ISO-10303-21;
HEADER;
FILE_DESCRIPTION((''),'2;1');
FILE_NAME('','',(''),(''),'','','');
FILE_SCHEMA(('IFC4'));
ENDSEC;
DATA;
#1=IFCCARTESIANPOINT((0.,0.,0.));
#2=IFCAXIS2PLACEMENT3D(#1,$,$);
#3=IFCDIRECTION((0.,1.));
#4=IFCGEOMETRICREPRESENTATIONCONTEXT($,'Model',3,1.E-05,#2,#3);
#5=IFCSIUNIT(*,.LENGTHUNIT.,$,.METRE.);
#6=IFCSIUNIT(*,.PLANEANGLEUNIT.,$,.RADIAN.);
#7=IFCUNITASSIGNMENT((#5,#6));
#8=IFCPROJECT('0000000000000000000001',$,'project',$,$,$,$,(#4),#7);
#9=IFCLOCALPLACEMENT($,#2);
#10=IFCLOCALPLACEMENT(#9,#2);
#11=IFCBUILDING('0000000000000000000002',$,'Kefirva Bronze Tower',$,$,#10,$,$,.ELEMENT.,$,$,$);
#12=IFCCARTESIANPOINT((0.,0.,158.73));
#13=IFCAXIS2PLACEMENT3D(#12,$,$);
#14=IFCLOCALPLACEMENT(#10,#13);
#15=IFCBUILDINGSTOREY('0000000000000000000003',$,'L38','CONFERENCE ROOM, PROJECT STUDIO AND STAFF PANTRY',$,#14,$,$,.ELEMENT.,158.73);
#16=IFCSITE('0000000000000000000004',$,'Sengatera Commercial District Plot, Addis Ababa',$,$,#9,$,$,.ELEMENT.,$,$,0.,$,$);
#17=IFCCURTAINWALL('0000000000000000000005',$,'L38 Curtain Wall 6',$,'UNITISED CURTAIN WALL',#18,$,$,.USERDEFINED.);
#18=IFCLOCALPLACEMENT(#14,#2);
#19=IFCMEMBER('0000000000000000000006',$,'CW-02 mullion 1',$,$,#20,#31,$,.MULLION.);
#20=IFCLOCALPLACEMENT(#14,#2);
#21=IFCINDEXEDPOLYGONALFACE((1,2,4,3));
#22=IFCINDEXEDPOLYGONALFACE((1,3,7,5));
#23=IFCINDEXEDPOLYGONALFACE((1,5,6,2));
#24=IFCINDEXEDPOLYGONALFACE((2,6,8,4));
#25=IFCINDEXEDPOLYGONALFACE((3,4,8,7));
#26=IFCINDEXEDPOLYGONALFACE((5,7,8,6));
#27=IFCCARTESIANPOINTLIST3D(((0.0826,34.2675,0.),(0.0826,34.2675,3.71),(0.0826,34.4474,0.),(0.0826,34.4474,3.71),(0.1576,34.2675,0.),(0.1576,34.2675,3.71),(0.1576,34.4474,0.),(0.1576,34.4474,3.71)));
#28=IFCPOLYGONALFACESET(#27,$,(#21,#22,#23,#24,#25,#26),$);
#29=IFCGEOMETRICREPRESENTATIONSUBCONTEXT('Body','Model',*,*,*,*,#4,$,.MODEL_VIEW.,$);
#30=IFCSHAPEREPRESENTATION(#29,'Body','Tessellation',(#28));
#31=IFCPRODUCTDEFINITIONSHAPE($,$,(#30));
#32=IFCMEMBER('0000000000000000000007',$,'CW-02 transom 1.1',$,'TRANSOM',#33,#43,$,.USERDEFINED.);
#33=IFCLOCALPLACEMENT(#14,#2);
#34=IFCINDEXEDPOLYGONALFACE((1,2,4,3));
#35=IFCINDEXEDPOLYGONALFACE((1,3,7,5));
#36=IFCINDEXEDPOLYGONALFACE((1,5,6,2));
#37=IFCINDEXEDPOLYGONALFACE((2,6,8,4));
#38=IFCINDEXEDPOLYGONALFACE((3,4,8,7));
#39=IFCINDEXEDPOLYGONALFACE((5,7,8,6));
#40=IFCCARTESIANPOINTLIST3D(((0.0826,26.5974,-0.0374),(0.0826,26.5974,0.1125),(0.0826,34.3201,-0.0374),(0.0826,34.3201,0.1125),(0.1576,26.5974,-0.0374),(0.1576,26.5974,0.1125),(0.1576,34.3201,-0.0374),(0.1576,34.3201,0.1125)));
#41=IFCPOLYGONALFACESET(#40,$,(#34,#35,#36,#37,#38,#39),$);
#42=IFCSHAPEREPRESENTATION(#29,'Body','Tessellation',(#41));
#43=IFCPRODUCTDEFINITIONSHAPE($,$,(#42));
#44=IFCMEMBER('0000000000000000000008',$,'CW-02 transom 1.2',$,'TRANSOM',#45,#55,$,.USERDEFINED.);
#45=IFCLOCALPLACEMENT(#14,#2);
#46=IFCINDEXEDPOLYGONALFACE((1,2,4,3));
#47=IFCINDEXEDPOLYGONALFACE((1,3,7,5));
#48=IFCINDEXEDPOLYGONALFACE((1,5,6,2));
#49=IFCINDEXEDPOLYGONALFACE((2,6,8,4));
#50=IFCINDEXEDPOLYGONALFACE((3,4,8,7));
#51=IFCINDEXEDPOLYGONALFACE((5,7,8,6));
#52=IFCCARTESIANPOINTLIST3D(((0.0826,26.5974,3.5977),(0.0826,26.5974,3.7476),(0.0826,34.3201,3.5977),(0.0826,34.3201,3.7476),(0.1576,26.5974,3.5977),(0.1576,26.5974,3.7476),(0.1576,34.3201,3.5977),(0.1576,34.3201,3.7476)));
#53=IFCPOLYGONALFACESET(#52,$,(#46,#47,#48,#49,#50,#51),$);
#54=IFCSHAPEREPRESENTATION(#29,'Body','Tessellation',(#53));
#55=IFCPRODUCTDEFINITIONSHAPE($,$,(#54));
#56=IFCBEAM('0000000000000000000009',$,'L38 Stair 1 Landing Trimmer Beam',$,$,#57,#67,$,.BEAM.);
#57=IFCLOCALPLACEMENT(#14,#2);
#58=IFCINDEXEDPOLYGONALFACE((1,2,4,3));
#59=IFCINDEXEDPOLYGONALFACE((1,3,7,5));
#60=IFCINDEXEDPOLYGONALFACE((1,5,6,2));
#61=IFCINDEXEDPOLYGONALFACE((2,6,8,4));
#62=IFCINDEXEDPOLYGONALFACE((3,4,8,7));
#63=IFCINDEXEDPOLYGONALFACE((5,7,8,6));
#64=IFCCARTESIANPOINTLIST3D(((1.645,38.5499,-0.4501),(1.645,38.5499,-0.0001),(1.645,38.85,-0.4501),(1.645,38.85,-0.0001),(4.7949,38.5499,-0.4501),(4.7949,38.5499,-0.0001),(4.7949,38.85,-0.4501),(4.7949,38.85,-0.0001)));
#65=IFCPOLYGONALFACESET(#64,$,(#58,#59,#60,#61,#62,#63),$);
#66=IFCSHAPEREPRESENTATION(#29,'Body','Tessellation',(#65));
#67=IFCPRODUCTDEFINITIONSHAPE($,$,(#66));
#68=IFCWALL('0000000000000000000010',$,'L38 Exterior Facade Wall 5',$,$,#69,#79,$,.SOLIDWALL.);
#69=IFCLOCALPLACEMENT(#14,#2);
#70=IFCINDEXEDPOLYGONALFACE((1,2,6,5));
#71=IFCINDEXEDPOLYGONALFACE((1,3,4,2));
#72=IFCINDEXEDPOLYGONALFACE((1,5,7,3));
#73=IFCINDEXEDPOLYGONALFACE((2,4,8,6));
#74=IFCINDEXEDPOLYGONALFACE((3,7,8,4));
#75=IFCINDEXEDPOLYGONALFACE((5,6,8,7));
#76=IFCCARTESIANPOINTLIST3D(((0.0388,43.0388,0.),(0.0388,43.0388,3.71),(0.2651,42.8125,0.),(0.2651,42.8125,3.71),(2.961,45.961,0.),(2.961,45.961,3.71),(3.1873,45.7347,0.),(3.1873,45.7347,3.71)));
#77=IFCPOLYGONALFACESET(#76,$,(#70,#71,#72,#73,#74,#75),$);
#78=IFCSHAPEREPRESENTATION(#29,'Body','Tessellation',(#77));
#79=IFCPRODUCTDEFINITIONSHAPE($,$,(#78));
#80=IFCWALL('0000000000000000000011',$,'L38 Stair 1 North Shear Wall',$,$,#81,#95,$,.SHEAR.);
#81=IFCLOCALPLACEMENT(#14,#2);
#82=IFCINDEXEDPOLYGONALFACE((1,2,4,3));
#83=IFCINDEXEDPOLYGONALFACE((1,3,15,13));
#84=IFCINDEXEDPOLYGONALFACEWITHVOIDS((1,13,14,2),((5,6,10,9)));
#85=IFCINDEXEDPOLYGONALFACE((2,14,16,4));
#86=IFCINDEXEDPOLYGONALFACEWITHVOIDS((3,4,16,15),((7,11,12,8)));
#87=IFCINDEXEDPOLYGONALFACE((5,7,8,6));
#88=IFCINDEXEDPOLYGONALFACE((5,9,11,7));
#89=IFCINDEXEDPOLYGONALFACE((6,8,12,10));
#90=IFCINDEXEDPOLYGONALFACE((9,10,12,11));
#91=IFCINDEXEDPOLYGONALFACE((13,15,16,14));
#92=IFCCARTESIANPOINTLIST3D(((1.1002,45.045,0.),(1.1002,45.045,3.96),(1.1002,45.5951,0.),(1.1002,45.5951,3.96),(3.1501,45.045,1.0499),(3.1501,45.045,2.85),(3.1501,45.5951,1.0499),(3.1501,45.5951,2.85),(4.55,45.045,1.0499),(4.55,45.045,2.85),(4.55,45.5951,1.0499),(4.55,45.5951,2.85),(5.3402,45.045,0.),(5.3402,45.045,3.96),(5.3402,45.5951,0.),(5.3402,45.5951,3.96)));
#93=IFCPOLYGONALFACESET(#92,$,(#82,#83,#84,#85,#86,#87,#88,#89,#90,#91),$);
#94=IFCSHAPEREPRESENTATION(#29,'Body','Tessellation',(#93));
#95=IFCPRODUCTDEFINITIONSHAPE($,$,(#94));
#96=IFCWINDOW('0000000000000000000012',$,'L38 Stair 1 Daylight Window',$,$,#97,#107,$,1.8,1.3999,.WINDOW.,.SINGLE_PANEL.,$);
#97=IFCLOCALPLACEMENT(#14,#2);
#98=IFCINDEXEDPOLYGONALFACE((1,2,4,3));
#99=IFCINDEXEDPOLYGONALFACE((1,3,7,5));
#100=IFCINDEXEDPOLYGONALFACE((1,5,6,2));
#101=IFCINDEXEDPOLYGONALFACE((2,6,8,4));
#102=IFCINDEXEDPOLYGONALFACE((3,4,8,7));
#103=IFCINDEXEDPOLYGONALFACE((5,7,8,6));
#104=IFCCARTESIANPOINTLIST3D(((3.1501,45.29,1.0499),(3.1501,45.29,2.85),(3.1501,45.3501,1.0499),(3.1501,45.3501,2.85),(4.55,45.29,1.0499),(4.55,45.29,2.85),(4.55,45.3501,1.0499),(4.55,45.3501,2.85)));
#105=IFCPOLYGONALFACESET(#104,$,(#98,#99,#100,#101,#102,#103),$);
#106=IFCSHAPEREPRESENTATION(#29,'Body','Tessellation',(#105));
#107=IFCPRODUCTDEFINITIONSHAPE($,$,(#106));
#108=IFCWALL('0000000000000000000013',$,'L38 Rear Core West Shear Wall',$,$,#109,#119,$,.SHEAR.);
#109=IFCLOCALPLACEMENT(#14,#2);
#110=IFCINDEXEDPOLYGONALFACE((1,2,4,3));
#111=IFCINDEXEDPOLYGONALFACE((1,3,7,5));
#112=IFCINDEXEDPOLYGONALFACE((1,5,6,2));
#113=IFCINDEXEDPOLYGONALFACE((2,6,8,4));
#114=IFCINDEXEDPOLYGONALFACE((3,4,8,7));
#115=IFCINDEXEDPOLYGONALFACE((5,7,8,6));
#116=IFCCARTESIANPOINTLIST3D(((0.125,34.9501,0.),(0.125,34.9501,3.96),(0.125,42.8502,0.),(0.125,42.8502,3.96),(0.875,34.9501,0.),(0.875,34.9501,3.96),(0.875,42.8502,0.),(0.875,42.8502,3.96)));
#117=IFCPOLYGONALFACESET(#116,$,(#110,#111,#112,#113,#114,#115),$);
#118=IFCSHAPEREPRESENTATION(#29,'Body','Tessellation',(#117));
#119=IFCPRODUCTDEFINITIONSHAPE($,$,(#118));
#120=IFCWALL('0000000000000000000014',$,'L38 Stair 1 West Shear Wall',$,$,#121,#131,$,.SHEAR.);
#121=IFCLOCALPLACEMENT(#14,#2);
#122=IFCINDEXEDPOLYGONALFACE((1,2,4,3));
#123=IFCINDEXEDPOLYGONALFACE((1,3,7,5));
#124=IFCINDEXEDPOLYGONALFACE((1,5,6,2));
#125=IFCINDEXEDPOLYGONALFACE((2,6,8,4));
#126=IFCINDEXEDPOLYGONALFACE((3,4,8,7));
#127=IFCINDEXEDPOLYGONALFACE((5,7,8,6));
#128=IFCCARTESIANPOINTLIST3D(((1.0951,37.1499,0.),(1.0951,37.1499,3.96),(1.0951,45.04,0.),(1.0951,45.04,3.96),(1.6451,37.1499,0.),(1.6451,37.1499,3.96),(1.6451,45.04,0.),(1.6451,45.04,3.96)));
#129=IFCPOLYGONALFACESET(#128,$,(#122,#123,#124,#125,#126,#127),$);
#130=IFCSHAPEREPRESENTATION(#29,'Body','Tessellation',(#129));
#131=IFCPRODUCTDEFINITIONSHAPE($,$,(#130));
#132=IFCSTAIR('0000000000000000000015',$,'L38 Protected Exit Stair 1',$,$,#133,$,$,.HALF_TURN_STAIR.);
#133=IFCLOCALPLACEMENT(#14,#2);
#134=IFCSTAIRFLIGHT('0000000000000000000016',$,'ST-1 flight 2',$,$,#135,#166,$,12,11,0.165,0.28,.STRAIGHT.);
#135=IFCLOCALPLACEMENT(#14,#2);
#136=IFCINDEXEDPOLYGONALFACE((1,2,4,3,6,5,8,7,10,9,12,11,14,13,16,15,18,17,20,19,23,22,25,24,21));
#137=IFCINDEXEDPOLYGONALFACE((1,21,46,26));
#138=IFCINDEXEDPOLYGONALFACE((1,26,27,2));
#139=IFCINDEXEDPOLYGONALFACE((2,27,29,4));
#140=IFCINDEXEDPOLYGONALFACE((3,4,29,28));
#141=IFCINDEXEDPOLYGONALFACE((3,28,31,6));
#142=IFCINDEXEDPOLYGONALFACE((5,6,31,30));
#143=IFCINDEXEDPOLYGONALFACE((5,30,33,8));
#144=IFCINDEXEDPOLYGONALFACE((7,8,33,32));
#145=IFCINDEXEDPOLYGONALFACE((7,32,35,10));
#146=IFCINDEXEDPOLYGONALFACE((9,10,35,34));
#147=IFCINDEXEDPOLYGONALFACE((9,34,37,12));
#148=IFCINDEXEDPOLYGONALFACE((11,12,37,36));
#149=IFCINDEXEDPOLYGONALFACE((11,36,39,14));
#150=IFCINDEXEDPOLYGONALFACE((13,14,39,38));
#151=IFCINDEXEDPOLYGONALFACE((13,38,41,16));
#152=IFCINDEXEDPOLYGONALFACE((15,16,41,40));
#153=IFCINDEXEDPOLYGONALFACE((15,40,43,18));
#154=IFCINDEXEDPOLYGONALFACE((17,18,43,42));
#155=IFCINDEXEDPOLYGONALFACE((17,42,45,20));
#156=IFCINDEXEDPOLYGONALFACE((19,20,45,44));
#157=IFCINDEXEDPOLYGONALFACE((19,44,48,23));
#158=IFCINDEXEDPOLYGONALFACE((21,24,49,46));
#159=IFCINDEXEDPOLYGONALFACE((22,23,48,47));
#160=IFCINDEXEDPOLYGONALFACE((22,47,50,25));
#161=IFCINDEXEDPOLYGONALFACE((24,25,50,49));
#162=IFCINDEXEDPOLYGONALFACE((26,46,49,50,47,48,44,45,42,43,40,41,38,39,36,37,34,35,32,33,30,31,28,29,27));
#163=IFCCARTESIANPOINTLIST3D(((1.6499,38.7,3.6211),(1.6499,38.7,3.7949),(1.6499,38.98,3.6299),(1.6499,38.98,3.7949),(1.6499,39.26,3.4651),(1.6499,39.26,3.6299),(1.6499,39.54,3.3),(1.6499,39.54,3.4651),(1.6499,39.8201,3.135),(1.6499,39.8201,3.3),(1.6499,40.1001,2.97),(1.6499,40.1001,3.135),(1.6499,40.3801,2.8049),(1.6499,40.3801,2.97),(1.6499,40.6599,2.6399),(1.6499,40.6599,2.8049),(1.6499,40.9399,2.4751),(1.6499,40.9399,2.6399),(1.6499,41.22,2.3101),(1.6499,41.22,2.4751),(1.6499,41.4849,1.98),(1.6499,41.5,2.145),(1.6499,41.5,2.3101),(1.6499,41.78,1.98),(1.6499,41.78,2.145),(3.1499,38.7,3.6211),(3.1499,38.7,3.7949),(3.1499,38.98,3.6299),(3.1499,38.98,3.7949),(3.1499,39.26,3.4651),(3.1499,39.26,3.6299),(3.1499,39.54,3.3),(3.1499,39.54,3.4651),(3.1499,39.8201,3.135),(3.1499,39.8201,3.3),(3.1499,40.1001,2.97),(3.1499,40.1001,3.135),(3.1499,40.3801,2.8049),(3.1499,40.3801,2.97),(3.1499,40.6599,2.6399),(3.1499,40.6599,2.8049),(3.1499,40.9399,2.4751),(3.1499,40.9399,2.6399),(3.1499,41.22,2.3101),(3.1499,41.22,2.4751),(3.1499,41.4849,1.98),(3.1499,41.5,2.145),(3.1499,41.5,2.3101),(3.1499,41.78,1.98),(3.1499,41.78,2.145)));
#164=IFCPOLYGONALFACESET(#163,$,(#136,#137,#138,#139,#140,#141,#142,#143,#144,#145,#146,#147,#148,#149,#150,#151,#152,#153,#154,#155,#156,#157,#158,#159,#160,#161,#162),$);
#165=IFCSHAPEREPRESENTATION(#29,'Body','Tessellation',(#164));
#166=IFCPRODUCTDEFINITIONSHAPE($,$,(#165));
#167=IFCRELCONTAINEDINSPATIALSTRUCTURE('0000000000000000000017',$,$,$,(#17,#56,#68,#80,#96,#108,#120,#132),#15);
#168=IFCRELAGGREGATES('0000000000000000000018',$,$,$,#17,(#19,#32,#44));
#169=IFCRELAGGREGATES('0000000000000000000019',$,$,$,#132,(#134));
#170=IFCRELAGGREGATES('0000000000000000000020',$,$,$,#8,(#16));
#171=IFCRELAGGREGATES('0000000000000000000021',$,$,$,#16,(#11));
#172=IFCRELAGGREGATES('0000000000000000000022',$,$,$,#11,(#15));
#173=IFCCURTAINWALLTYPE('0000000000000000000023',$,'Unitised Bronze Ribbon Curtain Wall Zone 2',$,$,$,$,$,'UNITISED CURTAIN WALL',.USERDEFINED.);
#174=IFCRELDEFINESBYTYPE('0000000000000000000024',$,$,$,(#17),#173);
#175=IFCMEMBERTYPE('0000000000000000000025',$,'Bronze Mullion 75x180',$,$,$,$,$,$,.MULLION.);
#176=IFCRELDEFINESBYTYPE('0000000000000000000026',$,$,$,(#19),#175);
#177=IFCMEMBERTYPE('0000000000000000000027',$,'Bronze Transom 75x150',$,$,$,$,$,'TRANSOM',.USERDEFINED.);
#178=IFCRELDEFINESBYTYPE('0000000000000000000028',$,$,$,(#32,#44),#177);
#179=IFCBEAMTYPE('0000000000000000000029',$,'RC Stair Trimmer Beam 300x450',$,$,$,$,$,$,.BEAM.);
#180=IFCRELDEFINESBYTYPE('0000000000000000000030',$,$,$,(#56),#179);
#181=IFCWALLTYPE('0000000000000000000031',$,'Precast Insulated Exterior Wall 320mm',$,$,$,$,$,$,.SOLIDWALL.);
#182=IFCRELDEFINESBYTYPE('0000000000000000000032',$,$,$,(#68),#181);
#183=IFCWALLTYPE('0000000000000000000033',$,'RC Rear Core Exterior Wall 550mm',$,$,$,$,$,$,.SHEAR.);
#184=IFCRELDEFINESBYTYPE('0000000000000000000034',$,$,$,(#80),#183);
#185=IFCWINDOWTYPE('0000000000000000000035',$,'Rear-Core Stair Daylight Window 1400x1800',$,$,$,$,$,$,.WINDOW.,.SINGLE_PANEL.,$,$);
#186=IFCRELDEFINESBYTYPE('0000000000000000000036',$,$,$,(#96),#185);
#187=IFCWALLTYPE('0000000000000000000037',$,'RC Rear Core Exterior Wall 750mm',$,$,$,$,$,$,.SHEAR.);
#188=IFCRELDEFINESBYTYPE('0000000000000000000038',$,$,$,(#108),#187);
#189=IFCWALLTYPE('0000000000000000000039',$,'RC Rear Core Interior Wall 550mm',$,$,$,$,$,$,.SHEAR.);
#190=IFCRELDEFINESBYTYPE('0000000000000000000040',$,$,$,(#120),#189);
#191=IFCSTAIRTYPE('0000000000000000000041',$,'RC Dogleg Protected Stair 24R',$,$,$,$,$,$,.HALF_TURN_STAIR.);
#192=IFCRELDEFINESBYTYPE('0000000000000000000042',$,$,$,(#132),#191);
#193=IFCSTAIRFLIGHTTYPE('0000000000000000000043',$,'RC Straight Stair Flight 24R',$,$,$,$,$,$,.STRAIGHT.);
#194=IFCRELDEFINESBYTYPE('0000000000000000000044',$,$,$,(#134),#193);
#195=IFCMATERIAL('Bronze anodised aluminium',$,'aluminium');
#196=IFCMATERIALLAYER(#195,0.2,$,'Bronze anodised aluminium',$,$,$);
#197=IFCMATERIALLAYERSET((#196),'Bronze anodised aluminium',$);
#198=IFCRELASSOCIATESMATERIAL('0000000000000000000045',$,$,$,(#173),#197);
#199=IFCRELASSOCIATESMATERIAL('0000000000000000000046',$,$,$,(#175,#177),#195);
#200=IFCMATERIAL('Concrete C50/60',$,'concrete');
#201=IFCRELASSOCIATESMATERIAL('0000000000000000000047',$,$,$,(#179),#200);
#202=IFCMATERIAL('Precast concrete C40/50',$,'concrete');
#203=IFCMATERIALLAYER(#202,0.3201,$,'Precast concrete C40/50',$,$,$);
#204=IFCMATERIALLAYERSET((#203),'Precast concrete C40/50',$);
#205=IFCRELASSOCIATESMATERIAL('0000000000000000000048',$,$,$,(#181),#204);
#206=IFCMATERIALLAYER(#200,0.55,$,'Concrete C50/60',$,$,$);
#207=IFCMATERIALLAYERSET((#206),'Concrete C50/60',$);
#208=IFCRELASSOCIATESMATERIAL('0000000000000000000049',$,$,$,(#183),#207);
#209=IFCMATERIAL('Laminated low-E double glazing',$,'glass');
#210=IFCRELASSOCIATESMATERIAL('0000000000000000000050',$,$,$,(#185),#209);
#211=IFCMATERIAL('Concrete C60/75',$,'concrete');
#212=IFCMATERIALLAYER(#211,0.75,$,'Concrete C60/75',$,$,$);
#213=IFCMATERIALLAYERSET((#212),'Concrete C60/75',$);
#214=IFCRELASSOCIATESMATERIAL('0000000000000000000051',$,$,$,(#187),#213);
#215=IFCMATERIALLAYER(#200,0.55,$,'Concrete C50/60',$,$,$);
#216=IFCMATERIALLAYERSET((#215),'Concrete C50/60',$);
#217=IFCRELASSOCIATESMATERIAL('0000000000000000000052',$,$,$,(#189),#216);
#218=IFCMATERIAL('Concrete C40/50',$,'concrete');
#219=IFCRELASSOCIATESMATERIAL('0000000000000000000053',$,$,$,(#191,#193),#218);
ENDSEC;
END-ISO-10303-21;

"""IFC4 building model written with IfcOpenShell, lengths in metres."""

from ifc_helpers import new_model, si_unit, direction, frame, frame_2d, origin, origin_2d, place, context, subcontext, project, spatial, polyline, rectangle, outline, extrude, material, layer, layer_set, material_profile, profile_set, type_object, element, fill, aggregate, save


model = new_model("IFC4")

# Units and contexts
model_context = context("Model", 3, precision=1e-05, world=origin(), true_north=direction((0.0, 1.0)))
body_context = subcontext(model_context, "Body", "Model", "MODEL_VIEW")
ifc_project = project(units=[si_unit("LENGTHUNIT", "METRE"), si_unit("PLANEANGLEUNIT", "RADIAN")], contexts=[model_context])

# Site, building, storey
site_placement = place(None, origin())
site = spatial("IfcSite", under=ifc_project, at=site_placement, Name="Sengatera Commercial District Plot, Addis Ababa", CompositionType="ELEMENT", RefElevation=0.0)
building_placement = place(site_placement, origin())
building = spatial("IfcBuilding", under=site, at=building_placement, Name="Kefirva Bronze Tower", CompositionType="ELEMENT")
storey_placement = place(building_placement, frame((0.0, 0.0, 158.73)))
storey = spatial("IfcBuildingStorey", under=building, at=storey_placement, Name="L38", Description="CONFERENCE ROOM, PROJECT STUDIO AND STAFF PANTRY", CompositionType="ELEMENT", Elevation=158.73)

# Curtain wall, members
ifc_material_1 = material(Name="Bronze anodised aluminium", Category="aluminium")
ifc_layer_1 = layer(ifc_material_1, 0.2, Name="Bronze anodised aluminium")
ifc_layer_set_1 = layer_set([ifc_layer_1], Name="Bronze anodised aluminium")
curtain_wall_type = type_object("IfcCurtainWallType", Name="Unitised Bronze Ribbon Curtain Wall Zone 2", ElementType="UNITISED CURTAIN WALL", PredefinedType="USERDEFINED", material=ifc_layer_set_1)
curtain_wall_placement = place(storey_placement, origin())
curtain_wall = element("IfcCurtainWall", 1, at=curtain_wall_placement, inside=storey, type_object=curtain_wall_type, Name="L38 Curtain Wall 6", ObjectType="UNITISED CURTAIN WALL", PredefinedType="USERDEFINED")
ifc_material_profile_1 = material_profile(ifc_material_1, rectangle(XDim=0.075, YDim=0.1799, at=origin_2d()), Name="ALU 75x180")
ifc_profile_set_1 = profile_set([ifc_material_profile_1], Name="Bronze anodised aluminium")
member_type_1 = type_object("IfcMemberType", Name="Bronze Mullion 75x180", PredefinedType="MULLION", material=ifc_profile_set_1)
member_1_placement = place(storey_placement, frame((0.1201, 34.3574, 0.0), z_axis=(0.0, 0.0, 1.0), x_axis=(1.0, 0.0, 0.0)))
member_1 = element("IfcMember", 2, at=member_1_placement, type_object=member_type_1, Name="CW-02 mullion 1", PredefinedType="MULLION", context=body_context, shape_type="SweptSolid", body=[
    extrude(rectangle(XDim=0.075, YDim=0.1799, at=origin_2d()), origin(), (0.0, 0.0, 1.0), 3.71),
])
ifc_material_profile_2 = material_profile(ifc_material_1, rectangle(XDim=0.075, YDim=0.1499, at=origin_2d()), Name="ALU 75x150")
ifc_profile_set_2 = profile_set([ifc_material_profile_2], Name="Bronze anodised aluminium")
member_type_2 = type_object("IfcMemberType", Name="Bronze Transom 75x150", ElementType="TRANSOM", PredefinedType="USERDEFINED", material=ifc_profile_set_2)
member_2_placement = place(storey_placement, frame((0.1201, 34.3201, 0.0376), z_axis=(0.0, -1.0, 0.0), x_axis=(1.0, 0.0, 0.0)))
member_2 = element("IfcMember", 3, at=member_2_placement, type_object=member_type_2, Name="CW-02 transom 1.1", ObjectType="TRANSOM", PredefinedType="USERDEFINED", context=body_context, shape_type="SweptSolid", body=[
    extrude(rectangle(XDim=0.075, YDim=0.1499, at=origin_2d()), origin(), (0.0, 0.0, 1.0), 7.7227),
])
member_3_placement = place(storey_placement, frame((0.1201, 34.3201, 3.6726), z_axis=(0.0, -1.0, 0.0), x_axis=(1.0, 0.0, 0.0)))
member_3 = element("IfcMember", 4, at=member_3_placement, type_object=member_type_2, Name="CW-02 transom 1.2", ObjectType="TRANSOM", PredefinedType="USERDEFINED", context=body_context, shape_type="SweptSolid", body=[
    extrude(rectangle(XDim=0.075, YDim=0.1499, at=origin_2d()), origin(), (0.0, 0.0, 1.0), 7.7227),
])
aggregate(curtain_wall, [member_1, member_2, member_3])

# Beam
ifc_material_2 = material(Name="Concrete C50/60", Category="concrete")
ifc_material_profile_3 = material_profile(ifc_material_2, rectangle(XDim=0.3, YDim=0.45, at=origin_2d()), Name="RC 300x450")
ifc_profile_set_3 = profile_set([ifc_material_profile_3], Name="Concrete C50/60")
beam_type = type_object("IfcBeamType", Name="RC Stair Trimmer Beam 300x450", PredefinedType="BEAM", material=ifc_profile_set_3)
beam_placement = place(storey_placement, frame((1.645, 38.7, -0.2251), z_axis=(1.0, 0.0, 0.0), x_axis=(0.0, 1.0, 0.0)))
element("IfcBeam", 5, at=beam_placement, inside=storey, type_object=beam_type, Name="L38 Stair 1 Landing Trimmer Beam", PredefinedType="BEAM", context=body_context, shape_type="SweptSolid", body=[
    extrude(rectangle(XDim=0.3, YDim=0.45, at=origin_2d()), origin(), (0.0, 0.0, 1.0), 3.1499),
])

# Wall
ifc_material_3 = material(Name="Precast concrete C40/50", Category="concrete")
ifc_layer_2 = layer(ifc_material_3, 0.3201, Name="Precast concrete C40/50")
ifc_layer_set_2 = layer_set([ifc_layer_2], Name="Precast concrete C40/50")
wall_type_1 = type_object("IfcWallType", Name="Precast Insulated Exterior Wall 320mm", PredefinedType="SOLIDWALL", material=ifc_layer_set_2)
wall_1_placement = place(storey_placement, frame((3.0742, 45.8479, 0.0), z_axis=(0.0, 0.0, 1.0), x_axis=(-0.707107, -0.707107, 0.0)))
element("IfcWall", 6, at=wall_1_placement, inside=storey, type_object=wall_type_1, Name="L38 Exterior Facade Wall 5", PredefinedType="SOLIDWALL", context=body_context, shape_type="SweptSolid", body=[
    extrude(rectangle(XDim=4.1326, YDim=0.3201, at=frame_2d((2.0664, 0.0))), origin(), (0.0, 0.0, 1.0), 3.71),
])

# Wall, opening, window
ifc_layer_3 = layer(ifc_material_2, 0.55, Name="Concrete C50/60")
ifc_layer_set_3 = layer_set([ifc_layer_3], Name="Concrete C50/60")
wall_type_2 = type_object("IfcWallType", Name="RC Rear Core Exterior Wall 550mm", PredefinedType="SHEAR", material=ifc_layer_set_3)
wall_2_placement = place(storey_placement, frame((1.1001, 45.3201, 0.0), z_axis=(0.0, 0.0, 1.0), x_axis=(1.0, 0.0, 0.0)))
wall_2 = element("IfcWall", 7, at=wall_2_placement, inside=storey, type_object=wall_type_2, Name="L38 Stair 1 North Shear Wall", PredefinedType="SHEAR", context=body_context, shape_type="SweptSolid", body=[
    extrude(rectangle(XDim=4.24, YDim=0.55, at=frame_2d((2.1201, 0.0))), origin(), (0.0, 0.0, 1.0), 3.96),
])
opening_1_placement = place(wall_2_placement, frame((2.05, 0.0, 1.05)))
opening_1 = element("IfcOpeningElement", 8, at=opening_1_placement, cuts=wall_2, PredefinedType="OPENING", context=body_context, shape_type="SweptSolid", body=[
    extrude(rectangle(XDim=1.3999, YDim=1.8, at=frame_2d((0.7, 0.8999))), frame((0.0, 0.2852, 0.0), z_axis=(0.0, -1.0, 0.0), x_axis=(1.0, 0.0, 0.0)), (0.0, 0.0, 1.0), 0.5701),
])
ifc_material_4 = material(Name="Laminated low-E double glazing", Category="glass")
window_type = type_object("IfcWindowType", Name="Rear-Core Stair Daylight Window 1400x1800", PartitioningType="SINGLE_PANEL", PredefinedType="WINDOW", material=ifc_material_4)
window_placement = place(opening_1_placement, origin())
window = element("IfcWindow", 9, at=window_placement, inside=storey, type_object=window_type, Name="L38 Stair 1 Daylight Window", OverallHeight=1.8, OverallWidth=1.3999, PartitioningType="SINGLE_PANEL", PredefinedType="WINDOW", context=body_context, shape_type="SweptSolid", body=[
    extrude(rectangle(XDim=1.3999, YDim=1.8, at=frame_2d((0.7, 0.8999))), frame((0.0, 0.03, 0.0), z_axis=(0.0, -1.0, 0.0), x_axis=(1.0, 0.0, 0.0)), (0.0, 0.0, 1.0), 0.0601),
])
fill(opening_1, window)

# Walls
ifc_material_5 = material(Name="Concrete C60/75", Category="concrete")
ifc_layer_4 = layer(ifc_material_5, 0.75, Name="Concrete C60/75")
ifc_layer_set_4 = layer_set([ifc_layer_4], Name="Concrete C60/75")
wall_type_3 = type_object("IfcWallType", Name="RC Rear Core Exterior Wall 750mm", PredefinedType="SHEAR", material=ifc_layer_set_4)
wall_3_placement = place(storey_placement, frame((0.5, 34.95, 0.0), z_axis=(0.0, 0.0, 1.0), x_axis=(0.0, 1.0, 0.0)))
element("IfcWall", 10, at=wall_3_placement, inside=storey, type_object=wall_type_3, Name="L38 Rear Core West Shear Wall", PredefinedType="SHEAR", context=body_context, shape_type="SweptSolid", body=[
    extrude(rectangle(XDim=7.9001, YDim=0.75, at=frame_2d((3.9502, 0.0))), origin(), (0.0, 0.0, 1.0), 3.96),
])
ifc_layer_5 = layer(ifc_material_2, 0.55, Name="Concrete C50/60")
ifc_layer_set_5 = layer_set([ifc_layer_5], Name="Concrete C50/60")
wall_type_4 = type_object("IfcWallType", Name="RC Rear Core Interior Wall 550mm", PredefinedType="SHEAR", material=ifc_layer_set_5)
wall_4_placement = place(storey_placement, frame((1.3701, 37.1499, 0.0), z_axis=(0.0, 0.0, 1.0), x_axis=(0.0, 1.0, 0.0)))
element("IfcWall", 11, at=wall_4_placement, inside=storey, type_object=wall_type_4, Name="L38 Stair 1 West Shear Wall", PredefinedType="SHEAR", context=body_context, shape_type="SweptSolid", body=[
    extrude(rectangle(XDim=7.8901, YDim=0.55, at=frame_2d((3.9451, 0.0))), origin(), (0.0, 0.0, 1.0), 3.96),
])

# Stair, stair flight
ifc_material_6 = material(Name="Concrete C40/50", Category="concrete")
stair_type = type_object("IfcStairType", Name="RC Dogleg Protected Stair 24R", PredefinedType="HALF_TURN_STAIR", material=ifc_material_6)
stair_placement = place(storey_placement, origin())
stair = element("IfcStair", 12, at=stair_placement, inside=storey, type_object=stair_type, Name="L38 Protected Exit Stair 1", PredefinedType="HALF_TURN_STAIR")
stair_flight_type = type_object("IfcStairFlightType", Name="RC Straight Stair Flight 24R", PredefinedType="STRAIGHT", material=ifc_material_6)
stair_flight_placement = place(storey_placement, frame((2.3999, 41.78, 1.98), z_axis=(0.0, 0.0, 1.0), x_axis=(0.0, -1.0, 0.0)))
stair_flight = element("IfcStairFlight", 13, at=stair_flight_placement, type_object=stair_flight_type, Name="ST-1 flight 2", NumberOfRisers=12, NumberOfTreads=11, PredefinedType="STRAIGHT", RiserHeight=0.165, TreadLength=0.28, context=body_context, shape_type="SweptSolid", body=[
    extrude(outline(polyline([(0.0, 0.0), (0.0, 0.165), (0.28, 0.165), (0.28, 0.3301), (0.5601, 0.3301), (0.5601, 0.4951), (0.8401, 0.4951), (0.8401, 0.6599), (1.1201, 0.6599), (1.1201, 0.825), (1.3999, 0.825), (1.3999, 0.99), (1.6799, 0.99), (1.6799, 1.155), (1.96, 1.155), (1.96, 1.3201), (2.24, 1.3201), (2.24, 1.4851), (2.52, 1.4851), (2.52, 1.6499), (2.8, 1.6499), (2.8, 1.8149), (3.0801, 1.8149), (3.0801, 1.98), (3.0801, 1.6411), (0.2952, 0.0), (0.0, 0.0)])), frame((0.0, 0.75, 0.0), z_axis=(0.0, -1.0, 0.0), x_axis=(1.0, 0.0, 0.0)), (0.0, 0.0, 1.0), 1.5),
])
aggregate(stair, [stair_flight])

save(model, "model.ifc")
